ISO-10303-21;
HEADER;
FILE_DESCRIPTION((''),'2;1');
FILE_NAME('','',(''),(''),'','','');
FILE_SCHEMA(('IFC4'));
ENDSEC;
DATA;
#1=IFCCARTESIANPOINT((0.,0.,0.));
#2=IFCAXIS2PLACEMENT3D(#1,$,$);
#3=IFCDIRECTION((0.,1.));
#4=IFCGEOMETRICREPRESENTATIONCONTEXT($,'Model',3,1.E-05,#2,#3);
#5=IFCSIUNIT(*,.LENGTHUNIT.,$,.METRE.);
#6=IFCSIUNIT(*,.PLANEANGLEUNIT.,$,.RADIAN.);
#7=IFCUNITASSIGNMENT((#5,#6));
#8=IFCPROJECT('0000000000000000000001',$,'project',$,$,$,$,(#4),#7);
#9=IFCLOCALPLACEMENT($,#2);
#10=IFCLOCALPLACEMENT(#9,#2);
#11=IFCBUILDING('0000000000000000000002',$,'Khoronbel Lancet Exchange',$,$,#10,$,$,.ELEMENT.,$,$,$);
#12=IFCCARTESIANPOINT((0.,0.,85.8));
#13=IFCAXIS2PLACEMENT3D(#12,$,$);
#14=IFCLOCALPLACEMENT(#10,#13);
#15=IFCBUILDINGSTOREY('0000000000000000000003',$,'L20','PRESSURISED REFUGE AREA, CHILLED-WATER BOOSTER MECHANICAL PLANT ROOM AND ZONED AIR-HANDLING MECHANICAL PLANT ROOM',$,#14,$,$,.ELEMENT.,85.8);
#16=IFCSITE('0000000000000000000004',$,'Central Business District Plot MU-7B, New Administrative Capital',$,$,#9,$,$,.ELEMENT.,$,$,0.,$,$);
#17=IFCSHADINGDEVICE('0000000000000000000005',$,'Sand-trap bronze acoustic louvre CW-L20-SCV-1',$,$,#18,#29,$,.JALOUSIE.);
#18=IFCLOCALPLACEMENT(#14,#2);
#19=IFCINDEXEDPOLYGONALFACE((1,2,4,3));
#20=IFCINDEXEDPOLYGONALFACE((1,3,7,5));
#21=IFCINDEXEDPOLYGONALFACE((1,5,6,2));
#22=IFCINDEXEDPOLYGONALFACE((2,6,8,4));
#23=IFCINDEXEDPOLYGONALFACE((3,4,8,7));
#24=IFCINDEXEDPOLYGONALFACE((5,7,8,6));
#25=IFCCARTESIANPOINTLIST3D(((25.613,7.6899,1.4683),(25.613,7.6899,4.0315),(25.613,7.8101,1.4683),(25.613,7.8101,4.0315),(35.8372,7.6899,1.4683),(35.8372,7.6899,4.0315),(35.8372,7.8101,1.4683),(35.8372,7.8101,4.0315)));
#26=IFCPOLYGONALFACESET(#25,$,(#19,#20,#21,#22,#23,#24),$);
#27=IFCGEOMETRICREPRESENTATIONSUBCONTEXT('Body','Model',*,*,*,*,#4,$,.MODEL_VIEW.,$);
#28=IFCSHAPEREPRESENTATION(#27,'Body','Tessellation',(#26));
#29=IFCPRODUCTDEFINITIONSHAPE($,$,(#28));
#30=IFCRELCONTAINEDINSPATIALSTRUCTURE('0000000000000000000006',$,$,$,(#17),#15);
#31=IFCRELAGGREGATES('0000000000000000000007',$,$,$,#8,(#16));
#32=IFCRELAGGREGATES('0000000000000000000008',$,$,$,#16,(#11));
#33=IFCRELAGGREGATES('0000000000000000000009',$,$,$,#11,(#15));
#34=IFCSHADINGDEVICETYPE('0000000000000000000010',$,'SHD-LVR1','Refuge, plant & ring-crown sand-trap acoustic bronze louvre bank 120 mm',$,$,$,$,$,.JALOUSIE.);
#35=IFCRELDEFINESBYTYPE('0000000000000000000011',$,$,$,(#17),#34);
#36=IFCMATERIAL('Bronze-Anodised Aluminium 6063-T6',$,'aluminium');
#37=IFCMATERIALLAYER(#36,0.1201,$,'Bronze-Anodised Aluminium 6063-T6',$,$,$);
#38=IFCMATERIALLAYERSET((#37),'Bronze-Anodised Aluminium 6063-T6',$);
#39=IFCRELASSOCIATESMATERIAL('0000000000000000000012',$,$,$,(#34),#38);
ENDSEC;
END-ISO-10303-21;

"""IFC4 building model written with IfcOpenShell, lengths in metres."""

from ifc_helpers import new_model, si_unit, direction, frame, origin, origin_2d, place, context, subcontext, project, spatial, rectangle, extrude, material, layer, layer_set, type_object, element, save


model = new_model("IFC4")

# Units and contexts
model_context = context("Model", 3, precision=1e-05, world=origin(), true_north=direction((0.0, 1.0)))
body_context = subcontext(model_context, "Body", "Model", "MODEL_VIEW")
ifc_project = project(units=[si_unit("LENGTHUNIT", "METRE"), si_unit("PLANEANGLEUNIT", "RADIAN")], contexts=[model_context])

# Site, building, storey
site_placement = place(None, origin())
site = spatial("IfcSite", under=ifc_project, at=site_placement, Name="Central Business District Plot MU-7B, New Administrative Capital", CompositionType="ELEMENT", RefElevation=0.0)
building_placement = place(site_placement, origin())
building = spatial("IfcBuilding", under=site, at=building_placement, Name="Khoronbel Lancet Exchange", CompositionType="ELEMENT")
storey_placement = place(building_placement, frame((0.0, 0.0, 85.8)))
storey = spatial("IfcBuildingStorey", under=building, at=storey_placement, Name="L20", Description="PRESSURISED REFUGE AREA, CHILLED-WATER BOOSTER MECHANICAL PLANT ROOM AND ZONED AIR-HANDLING MECHANICAL PLANT ROOM", CompositionType="ELEMENT", Elevation=85.8)

# Shared definitions
ifc_material_1 = material(Name="Bronze-Anodised Aluminium 6063-T6", Category="aluminium")

# Shading device
ifc_layer_1 = layer(ifc_material_1, 0.1201, Name="Bronze-Anodised Aluminium 6063-T6")
ifc_layer_set_1 = layer_set([ifc_layer_1], Name="Bronze-Anodised Aluminium 6063-T6")
shading_device_type = type_object("IfcShadingDeviceType", Name="SHD-LVR1", Description="Refuge, plant & ring-crown sand-trap acoustic bronze louvre bank 120 mm", PredefinedType="JALOUSIE", material=ifc_layer_set_1)
shading_device_1_placement = place(storey_placement, frame((30.7251, 7.75, 1.4683), z_axis=(0.0, 0.0, 1.0), x_axis=(1.0, 0.0, 0.0)))
element("IfcShadingDevice", 1, at=shading_device_1_placement, inside=storey, type_object=shading_device_type, Name="Sand-trap bronze acoustic louvre CW-L20-SCV-1", PredefinedType="JALOUSIE", context=body_context, shape_type="SweptSolid", body=[
    extrude(rectangle(XDim=10.2241, YDim=0.1201, at=origin_2d()), origin(), (0.0, 0.0, 1.0), 2.5632),
])

save(model, "model.ifc")
